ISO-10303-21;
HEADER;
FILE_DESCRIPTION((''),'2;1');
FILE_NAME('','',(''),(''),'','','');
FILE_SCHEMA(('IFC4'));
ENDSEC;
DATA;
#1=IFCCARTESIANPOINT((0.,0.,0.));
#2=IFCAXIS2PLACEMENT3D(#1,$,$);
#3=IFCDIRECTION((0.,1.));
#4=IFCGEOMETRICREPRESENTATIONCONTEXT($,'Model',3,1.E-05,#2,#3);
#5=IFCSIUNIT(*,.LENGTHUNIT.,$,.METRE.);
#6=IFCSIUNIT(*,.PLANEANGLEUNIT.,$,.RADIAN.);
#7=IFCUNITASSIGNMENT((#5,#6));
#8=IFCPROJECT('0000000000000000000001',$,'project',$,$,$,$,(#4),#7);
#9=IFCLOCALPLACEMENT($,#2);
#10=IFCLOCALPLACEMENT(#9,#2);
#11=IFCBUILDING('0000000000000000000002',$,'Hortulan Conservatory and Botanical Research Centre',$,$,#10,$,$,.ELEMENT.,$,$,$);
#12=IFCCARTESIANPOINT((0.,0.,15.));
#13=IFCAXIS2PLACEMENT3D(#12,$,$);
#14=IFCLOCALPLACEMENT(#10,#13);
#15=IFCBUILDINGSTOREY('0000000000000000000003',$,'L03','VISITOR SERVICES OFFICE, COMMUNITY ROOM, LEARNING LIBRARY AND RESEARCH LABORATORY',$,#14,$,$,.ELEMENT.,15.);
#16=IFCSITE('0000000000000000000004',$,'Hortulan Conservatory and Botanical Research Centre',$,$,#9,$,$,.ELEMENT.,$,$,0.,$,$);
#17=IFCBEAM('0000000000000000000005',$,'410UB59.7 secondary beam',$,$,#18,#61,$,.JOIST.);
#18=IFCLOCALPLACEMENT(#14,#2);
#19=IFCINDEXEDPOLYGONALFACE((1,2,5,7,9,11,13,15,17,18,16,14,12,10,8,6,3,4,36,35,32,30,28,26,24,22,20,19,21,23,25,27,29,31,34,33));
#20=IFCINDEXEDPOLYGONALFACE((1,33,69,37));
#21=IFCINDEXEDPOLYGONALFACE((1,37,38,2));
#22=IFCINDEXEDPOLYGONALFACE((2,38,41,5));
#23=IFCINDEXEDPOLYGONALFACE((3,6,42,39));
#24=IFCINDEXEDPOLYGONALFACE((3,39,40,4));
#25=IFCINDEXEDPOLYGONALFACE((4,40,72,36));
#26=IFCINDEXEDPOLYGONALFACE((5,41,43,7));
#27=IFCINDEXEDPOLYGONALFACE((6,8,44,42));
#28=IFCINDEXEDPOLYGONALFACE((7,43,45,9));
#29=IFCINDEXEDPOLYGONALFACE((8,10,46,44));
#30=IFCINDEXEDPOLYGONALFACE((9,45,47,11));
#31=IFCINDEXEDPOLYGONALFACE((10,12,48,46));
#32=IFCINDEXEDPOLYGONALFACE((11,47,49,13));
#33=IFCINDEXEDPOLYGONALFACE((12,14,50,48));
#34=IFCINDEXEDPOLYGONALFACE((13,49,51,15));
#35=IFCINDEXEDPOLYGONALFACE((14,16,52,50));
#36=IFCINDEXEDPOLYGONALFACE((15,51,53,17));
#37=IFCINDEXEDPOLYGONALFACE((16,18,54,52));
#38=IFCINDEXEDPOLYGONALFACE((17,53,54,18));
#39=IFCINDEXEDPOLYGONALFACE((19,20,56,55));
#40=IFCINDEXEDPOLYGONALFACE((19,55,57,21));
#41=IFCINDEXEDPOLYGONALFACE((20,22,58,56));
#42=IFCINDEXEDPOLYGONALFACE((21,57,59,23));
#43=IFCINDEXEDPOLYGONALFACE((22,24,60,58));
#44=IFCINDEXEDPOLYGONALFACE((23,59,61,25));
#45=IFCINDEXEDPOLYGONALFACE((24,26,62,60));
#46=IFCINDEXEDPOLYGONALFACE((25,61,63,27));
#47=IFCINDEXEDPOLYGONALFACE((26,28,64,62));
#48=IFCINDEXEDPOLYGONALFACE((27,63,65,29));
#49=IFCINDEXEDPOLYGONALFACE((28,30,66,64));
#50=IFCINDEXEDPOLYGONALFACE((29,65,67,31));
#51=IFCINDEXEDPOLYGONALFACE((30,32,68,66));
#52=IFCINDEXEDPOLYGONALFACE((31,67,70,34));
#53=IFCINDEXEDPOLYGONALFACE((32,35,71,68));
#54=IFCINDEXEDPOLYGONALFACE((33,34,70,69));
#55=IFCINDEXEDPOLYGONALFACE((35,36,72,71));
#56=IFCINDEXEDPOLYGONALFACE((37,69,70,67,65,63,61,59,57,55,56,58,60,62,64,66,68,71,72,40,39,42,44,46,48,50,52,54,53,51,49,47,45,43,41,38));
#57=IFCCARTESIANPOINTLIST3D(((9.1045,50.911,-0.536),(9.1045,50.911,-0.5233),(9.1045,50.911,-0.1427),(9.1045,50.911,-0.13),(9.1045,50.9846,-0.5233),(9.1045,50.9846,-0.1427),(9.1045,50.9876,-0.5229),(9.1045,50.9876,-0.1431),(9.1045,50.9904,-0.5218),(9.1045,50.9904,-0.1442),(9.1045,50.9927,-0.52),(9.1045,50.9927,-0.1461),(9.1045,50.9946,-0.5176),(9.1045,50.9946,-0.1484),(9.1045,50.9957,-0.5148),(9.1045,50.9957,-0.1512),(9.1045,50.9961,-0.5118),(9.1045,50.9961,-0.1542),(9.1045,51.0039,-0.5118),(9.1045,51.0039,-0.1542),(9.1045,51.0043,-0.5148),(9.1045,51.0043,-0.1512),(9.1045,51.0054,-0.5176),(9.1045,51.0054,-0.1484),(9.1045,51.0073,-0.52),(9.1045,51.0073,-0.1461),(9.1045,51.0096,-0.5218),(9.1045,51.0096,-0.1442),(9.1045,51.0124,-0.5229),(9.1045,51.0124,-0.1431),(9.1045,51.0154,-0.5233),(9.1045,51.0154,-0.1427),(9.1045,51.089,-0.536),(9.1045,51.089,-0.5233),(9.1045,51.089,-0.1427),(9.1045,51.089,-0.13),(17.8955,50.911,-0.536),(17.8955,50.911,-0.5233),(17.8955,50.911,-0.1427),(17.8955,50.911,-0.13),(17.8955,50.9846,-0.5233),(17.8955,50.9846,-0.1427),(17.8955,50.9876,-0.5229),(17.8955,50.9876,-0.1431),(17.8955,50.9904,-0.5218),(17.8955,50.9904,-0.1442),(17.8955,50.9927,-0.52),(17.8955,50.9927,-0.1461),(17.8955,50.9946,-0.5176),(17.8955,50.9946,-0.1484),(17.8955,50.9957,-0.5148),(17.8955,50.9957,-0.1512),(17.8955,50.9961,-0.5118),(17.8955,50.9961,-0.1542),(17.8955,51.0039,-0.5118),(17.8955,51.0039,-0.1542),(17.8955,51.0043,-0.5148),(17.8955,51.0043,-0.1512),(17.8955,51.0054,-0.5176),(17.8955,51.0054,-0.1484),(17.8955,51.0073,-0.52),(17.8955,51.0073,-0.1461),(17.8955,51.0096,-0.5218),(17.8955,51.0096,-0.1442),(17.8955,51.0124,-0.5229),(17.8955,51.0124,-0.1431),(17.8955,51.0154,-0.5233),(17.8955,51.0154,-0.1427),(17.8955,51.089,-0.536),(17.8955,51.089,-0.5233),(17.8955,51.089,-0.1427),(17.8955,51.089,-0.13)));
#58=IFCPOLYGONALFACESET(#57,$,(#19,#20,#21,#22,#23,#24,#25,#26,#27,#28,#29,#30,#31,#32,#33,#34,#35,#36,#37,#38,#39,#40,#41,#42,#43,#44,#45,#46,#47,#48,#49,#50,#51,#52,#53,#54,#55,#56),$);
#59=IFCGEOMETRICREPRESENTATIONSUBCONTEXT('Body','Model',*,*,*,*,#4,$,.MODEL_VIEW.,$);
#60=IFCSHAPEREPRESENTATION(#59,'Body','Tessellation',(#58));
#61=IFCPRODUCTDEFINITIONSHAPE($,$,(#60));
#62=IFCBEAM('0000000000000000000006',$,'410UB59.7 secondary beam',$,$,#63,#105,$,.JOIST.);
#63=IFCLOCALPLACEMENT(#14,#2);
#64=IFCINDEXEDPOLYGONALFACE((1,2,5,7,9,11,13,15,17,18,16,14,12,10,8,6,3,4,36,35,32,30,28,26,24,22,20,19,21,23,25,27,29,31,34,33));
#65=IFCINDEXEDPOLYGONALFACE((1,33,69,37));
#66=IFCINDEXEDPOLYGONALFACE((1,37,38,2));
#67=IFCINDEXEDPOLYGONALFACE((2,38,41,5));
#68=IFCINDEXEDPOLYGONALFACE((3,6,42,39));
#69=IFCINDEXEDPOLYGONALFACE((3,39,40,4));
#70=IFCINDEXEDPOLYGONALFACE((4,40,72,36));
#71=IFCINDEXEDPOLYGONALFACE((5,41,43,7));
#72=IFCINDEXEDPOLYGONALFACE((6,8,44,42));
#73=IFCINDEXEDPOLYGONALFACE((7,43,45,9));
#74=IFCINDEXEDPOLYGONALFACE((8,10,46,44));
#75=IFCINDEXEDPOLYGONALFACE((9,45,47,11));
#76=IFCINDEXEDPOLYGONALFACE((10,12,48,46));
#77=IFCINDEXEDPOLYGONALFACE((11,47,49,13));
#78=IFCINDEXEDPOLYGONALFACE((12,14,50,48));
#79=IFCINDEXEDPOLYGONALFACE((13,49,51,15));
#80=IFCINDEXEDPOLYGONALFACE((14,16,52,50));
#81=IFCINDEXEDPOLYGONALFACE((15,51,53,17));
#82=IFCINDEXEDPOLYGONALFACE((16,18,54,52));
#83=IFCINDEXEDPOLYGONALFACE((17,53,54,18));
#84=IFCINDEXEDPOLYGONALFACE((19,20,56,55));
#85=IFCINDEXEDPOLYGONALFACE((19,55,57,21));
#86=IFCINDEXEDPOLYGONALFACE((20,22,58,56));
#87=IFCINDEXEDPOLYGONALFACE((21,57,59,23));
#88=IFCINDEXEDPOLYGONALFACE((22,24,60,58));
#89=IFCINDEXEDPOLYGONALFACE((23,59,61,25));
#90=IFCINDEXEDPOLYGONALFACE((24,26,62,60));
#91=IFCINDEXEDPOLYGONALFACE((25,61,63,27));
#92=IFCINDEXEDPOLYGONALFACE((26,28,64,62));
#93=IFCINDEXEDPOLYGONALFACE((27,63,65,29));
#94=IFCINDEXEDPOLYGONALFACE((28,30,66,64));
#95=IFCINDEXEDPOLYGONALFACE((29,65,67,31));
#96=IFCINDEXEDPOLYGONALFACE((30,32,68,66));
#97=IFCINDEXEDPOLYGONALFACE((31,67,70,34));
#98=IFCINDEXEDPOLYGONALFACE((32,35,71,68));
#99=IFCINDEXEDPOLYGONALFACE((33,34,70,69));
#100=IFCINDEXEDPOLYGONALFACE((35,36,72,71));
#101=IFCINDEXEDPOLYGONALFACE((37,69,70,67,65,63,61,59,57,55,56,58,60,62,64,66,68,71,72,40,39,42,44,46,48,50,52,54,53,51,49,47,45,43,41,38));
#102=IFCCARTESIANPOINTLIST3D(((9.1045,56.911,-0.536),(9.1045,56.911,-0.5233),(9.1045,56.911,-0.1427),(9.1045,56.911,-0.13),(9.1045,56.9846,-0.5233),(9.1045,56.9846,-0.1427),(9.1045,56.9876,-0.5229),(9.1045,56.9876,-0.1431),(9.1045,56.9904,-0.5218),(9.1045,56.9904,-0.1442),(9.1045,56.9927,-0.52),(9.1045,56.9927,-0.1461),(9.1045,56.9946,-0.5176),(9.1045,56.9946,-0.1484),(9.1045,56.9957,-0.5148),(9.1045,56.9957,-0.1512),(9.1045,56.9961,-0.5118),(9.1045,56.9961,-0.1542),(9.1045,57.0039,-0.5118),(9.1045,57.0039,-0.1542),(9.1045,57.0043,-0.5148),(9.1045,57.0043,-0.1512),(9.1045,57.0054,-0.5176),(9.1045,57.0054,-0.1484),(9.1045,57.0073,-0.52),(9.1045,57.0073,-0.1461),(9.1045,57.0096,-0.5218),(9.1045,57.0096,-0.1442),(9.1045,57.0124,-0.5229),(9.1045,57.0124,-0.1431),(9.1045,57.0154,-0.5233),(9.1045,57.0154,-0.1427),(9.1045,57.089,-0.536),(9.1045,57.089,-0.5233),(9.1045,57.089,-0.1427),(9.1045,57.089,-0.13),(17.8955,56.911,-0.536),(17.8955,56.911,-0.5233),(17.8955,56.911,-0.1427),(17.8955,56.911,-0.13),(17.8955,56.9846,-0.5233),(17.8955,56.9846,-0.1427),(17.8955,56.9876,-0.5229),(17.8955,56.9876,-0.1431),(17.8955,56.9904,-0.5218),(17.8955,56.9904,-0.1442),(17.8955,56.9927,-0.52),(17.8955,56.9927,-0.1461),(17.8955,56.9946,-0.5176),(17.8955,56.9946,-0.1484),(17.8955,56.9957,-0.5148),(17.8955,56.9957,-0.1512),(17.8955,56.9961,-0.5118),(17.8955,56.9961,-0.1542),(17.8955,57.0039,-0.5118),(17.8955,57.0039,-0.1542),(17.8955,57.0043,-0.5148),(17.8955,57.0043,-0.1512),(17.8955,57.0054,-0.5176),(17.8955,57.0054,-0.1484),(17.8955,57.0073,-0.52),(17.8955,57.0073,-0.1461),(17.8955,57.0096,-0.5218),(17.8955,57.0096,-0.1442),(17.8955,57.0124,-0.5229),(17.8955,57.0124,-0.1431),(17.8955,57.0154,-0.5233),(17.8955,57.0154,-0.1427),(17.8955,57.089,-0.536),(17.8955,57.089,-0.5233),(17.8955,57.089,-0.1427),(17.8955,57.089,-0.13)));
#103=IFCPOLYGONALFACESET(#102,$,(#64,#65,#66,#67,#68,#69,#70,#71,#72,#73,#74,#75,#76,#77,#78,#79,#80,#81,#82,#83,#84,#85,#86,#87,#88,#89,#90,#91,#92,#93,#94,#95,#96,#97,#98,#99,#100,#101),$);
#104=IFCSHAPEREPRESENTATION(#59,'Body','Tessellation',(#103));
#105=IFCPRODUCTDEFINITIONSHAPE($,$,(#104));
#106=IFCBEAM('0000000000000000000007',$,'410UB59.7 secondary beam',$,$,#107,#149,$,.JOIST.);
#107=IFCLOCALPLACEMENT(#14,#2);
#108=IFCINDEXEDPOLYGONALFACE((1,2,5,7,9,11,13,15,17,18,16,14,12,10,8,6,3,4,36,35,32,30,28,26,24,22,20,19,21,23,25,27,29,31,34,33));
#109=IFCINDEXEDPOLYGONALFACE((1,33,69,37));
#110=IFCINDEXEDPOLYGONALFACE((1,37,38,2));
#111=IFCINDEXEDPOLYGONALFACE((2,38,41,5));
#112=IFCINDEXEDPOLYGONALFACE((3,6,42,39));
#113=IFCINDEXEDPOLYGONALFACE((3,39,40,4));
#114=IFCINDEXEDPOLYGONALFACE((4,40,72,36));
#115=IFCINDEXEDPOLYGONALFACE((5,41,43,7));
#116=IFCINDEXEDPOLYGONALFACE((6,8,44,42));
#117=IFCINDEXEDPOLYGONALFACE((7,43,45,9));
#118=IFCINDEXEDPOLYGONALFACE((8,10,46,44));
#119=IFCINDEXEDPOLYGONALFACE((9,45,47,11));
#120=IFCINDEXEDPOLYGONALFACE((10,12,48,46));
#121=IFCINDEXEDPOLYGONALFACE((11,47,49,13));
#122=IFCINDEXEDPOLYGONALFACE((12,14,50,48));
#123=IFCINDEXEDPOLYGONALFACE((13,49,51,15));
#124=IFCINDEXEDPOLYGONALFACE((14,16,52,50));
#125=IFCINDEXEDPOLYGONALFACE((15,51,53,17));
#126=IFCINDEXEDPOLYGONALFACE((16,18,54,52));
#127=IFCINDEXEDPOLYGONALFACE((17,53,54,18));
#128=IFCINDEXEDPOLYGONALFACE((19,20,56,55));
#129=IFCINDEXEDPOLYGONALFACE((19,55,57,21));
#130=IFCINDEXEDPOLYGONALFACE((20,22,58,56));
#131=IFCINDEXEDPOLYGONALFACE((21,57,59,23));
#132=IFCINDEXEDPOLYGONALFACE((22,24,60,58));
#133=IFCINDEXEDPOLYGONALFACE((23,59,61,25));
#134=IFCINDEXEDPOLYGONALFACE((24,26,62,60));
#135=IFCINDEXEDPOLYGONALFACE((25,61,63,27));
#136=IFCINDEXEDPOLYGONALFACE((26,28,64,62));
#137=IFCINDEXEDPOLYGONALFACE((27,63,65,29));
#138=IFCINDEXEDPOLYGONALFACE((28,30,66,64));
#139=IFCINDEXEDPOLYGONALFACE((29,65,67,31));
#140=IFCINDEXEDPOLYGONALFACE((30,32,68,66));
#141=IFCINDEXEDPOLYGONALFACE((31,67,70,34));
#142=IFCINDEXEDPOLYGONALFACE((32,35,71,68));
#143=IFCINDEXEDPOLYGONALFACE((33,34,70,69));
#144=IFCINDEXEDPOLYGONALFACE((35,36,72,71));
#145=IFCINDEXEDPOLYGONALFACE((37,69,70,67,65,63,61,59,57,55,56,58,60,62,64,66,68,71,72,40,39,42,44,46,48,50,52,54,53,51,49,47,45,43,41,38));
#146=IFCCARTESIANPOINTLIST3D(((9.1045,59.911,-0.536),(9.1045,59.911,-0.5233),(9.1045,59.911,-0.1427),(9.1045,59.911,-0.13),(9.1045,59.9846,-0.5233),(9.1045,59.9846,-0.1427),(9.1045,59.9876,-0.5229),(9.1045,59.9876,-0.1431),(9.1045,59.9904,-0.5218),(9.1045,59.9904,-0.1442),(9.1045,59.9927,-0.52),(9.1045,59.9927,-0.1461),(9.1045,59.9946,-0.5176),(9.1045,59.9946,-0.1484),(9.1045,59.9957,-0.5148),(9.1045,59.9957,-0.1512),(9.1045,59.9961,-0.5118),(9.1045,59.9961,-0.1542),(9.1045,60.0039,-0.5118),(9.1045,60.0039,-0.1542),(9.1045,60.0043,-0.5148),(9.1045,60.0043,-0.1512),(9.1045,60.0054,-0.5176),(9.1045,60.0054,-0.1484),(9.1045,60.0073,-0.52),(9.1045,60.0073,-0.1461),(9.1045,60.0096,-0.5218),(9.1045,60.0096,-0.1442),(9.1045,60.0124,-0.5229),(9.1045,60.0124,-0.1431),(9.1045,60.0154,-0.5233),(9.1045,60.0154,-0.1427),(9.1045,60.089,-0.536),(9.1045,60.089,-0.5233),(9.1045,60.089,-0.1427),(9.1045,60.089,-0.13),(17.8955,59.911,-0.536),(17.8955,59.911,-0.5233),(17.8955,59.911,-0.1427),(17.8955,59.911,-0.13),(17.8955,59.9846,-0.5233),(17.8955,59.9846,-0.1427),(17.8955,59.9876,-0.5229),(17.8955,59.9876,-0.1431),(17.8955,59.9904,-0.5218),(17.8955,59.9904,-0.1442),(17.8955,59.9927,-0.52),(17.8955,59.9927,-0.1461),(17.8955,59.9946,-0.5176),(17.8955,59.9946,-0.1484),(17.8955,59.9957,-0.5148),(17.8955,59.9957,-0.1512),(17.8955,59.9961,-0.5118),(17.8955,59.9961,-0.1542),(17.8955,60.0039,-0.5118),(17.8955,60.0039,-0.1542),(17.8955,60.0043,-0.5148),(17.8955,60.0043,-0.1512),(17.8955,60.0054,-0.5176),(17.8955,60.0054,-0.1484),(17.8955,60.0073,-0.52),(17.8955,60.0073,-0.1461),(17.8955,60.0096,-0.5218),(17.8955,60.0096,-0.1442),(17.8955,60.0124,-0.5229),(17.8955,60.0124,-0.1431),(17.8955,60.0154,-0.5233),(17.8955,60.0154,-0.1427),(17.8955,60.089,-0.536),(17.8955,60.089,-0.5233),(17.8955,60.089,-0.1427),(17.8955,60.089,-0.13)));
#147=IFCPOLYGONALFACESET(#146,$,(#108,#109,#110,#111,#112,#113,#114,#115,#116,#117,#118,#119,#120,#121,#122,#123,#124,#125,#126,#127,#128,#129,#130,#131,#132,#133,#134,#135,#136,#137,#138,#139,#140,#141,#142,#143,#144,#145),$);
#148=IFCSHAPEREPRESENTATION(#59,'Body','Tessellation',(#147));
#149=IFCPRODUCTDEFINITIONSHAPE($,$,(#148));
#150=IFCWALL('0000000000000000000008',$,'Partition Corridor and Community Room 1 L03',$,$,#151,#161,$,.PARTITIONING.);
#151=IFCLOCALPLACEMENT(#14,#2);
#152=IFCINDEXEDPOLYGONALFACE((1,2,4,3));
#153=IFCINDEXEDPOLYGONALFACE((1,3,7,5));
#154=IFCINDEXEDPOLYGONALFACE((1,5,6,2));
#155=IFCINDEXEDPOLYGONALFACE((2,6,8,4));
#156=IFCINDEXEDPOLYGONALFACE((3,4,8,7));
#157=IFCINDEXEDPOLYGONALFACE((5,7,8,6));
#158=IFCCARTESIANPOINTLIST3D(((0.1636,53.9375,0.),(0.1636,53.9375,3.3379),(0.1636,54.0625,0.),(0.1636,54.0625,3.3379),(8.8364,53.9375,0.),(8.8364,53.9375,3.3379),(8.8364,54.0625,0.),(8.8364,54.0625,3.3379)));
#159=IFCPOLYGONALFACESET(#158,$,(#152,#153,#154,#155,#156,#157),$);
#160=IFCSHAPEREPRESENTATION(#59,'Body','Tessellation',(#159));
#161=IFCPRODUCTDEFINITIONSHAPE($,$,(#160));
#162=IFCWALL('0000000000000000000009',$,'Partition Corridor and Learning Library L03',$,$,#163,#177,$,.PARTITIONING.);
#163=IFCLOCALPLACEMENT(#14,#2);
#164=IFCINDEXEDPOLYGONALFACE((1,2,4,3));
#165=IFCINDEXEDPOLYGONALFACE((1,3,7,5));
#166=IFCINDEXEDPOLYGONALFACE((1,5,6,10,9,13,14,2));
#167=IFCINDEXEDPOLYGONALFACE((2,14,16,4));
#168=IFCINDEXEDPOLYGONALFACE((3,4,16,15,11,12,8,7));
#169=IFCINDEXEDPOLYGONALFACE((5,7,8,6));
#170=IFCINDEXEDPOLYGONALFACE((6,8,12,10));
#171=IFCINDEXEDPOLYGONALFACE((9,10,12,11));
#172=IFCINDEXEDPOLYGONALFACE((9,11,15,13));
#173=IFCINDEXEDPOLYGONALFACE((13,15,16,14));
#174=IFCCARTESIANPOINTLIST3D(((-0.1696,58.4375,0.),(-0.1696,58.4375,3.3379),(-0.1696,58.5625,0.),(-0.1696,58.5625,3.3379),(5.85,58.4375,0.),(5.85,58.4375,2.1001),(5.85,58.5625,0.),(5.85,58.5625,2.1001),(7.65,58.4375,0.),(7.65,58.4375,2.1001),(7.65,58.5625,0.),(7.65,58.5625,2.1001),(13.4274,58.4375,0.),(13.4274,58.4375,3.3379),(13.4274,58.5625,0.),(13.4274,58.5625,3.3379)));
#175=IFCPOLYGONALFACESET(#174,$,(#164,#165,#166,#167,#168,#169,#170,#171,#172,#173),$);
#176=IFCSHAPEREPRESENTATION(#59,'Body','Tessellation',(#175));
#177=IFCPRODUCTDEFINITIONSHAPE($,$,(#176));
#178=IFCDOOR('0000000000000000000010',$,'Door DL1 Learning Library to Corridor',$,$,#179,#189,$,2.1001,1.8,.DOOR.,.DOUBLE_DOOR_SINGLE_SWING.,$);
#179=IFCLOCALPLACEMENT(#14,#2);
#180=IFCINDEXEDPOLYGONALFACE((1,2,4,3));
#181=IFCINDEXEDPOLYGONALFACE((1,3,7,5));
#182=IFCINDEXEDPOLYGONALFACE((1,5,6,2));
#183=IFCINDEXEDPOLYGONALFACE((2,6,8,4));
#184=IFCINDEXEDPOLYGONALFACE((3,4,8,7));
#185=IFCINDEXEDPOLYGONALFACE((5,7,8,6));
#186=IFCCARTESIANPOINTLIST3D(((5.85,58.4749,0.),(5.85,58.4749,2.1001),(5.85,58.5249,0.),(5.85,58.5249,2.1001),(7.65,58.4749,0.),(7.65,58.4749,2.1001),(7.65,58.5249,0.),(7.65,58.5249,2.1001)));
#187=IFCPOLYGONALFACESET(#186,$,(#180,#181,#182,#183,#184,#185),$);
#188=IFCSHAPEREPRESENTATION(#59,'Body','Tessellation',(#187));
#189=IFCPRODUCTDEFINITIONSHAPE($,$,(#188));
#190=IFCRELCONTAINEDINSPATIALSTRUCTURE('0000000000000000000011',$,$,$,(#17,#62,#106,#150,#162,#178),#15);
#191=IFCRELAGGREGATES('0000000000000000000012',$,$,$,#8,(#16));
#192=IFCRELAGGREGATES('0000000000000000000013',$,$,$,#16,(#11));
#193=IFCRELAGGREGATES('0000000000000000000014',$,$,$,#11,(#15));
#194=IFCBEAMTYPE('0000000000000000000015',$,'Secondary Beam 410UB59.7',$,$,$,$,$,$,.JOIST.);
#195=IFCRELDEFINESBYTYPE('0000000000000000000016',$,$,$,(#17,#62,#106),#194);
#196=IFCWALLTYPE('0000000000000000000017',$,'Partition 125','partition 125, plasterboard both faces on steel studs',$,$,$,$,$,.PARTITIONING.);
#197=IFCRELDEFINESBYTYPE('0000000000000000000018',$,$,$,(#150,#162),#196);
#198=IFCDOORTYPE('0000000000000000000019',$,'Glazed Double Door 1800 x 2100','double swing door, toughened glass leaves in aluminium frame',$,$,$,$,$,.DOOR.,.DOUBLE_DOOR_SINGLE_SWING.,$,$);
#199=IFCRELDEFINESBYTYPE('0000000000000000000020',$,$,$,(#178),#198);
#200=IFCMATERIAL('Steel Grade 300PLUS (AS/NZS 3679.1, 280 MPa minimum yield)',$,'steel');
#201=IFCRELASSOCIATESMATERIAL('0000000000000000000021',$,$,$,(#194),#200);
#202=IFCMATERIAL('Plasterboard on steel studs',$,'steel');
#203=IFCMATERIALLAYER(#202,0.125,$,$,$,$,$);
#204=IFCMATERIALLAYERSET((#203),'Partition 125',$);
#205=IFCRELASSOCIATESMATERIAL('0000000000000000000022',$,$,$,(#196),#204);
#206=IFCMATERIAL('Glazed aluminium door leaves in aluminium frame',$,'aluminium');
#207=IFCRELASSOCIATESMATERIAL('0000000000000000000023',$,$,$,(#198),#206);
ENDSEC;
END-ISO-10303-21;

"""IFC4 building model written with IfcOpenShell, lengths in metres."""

from ifc_helpers import new_model, si_unit, direction, frame, frame_2d, origin, origin_2d, place, context, subcontext, project, spatial, rectangle, i_section, extrude, material, layer, layer_set, material_profile, profile_set, type_object, element, fill, save


model = new_model("IFC4")

# Units and contexts
model_context = context("Model", 3, precision=1e-05, world=origin(), true_north=direction((0.0, 1.0)))
body_context = subcontext(model_context, "Body", "Model", "MODEL_VIEW")
ifc_project = project(units=[si_unit("LENGTHUNIT", "METRE"), si_unit("PLANEANGLEUNIT", "RADIAN")], contexts=[model_context])

# Site, building, storey
site_placement = place(None, origin())
site = spatial("IfcSite", under=ifc_project, at=site_placement, Name="Hortulan Conservatory and Botanical Research Centre", CompositionType="ELEMENT", RefElevation=0.0)
building_placement = place(site_placement, origin())
building = spatial("IfcBuilding", under=site, at=building_placement, Name="Hortulan Conservatory and Botanical Research Centre", CompositionType="ELEMENT")
storey_placement = place(building_placement, frame((0.0, 0.0, 15.0)))
storey = spatial("IfcBuildingStorey", under=building, at=storey_placement, Name="L03", Description="VISITOR SERVICES OFFICE, COMMUNITY ROOM, LEARNING LIBRARY AND RESEARCH LABORATORY", CompositionType="ELEMENT", Elevation=15.0)

# Shared definitions
ifc_material_1 = material(Name="Steel Grade 300PLUS (AS/NZS 3679.1, 280 MPa minimum yield)", Category="steel")

# Beams
ifc_material_profile_1 = material_profile(ifc_material_1, i_section(OverallWidth=0.178, OverallDepth=0.406, WebThickness=0.0078, FlangeThickness=0.0127, FilletRadius=0.0115, at=origin_2d()), Name="410UB59.7")
ifc_profile_set_1 = profile_set([ifc_material_profile_1], Name="Steel Grade 300PLUS (AS/NZS 3679.1, 280 MPa minimum yield)")
beam_type_1 = type_object("IfcBeamType", Name="Secondary Beam 410UB59.7", PredefinedType="JOIST", material=ifc_profile_set_1)
for number, where, z_axis, x_axis, name in (
    (1, (9.1045, 51.0, -0.333), (1.0, 0.0, 0.0), (0.0, 1.0, 0.0), "410UB59.7 secondary beam"),
    (2, (9.1045, 57.0, -0.333), (1.0, 0.0, 0.0), (0.0, 1.0, 0.0), "410UB59.7 secondary beam"),
    (3, (9.1045, 60.0, -0.333), (1.0, 0.0, 0.0), (0.0, 1.0, 0.0), "410UB59.7 secondary beam"),
):
    element("IfcBeam", number, at=place(storey_placement, frame(where, z_axis=z_axis, x_axis=x_axis)), inside=storey, type_object=beam_type_1, Name=name, PredefinedType="JOIST", context=body_context, shape_type="SweptSolid", body=[
        extrude(i_section(OverallWidth=0.178, OverallDepth=0.406, WebThickness=0.0078, FlangeThickness=0.0127, FilletRadius=0.0115, at=origin_2d()), origin(), (0.0, 0.0, 1.0), 8.791),
    ])

# Wall
ifc_material_2 = material(Name="Plasterboard on steel studs", Category="steel")
ifc_layer_1 = layer(ifc_material_2, 0.125)
ifc_layer_set_1 = layer_set([ifc_layer_1], Name="Partition 125")
wall_type = type_object("IfcWallType", Name="Partition 125", Description="partition 125, plasterboard both faces on steel studs", PredefinedType="PARTITIONING", material=ifc_layer_set_1)
wall_1_placement = place(storey_placement, frame((0.1636, 54.0, 0.0), z_axis=(0.0, 0.0, 1.0), x_axis=(1.0, 0.0, 0.0)))
element("IfcWall", 4, at=wall_1_placement, inside=storey, type_object=wall_type, Name="Partition Corridor and Community Room 1 L03", PredefinedType="PARTITIONING", context=body_context, shape_type="SweptSolid", body=[
    extrude(rectangle(XDim=8.6729, YDim=0.125, at=frame_2d((4.3364, 0.0))), origin(), (0.0, 0.0, 1.0), 3.3379),
])

# Wall, opening, door
wall_2_placement = place(storey_placement, frame((-0.1694, 58.5, 0.0), z_axis=(0.0, 0.0, 1.0), x_axis=(1.0, 0.0, 0.0)))
wall_2 = element("IfcWall", 5, at=wall_2_placement, inside=storey, type_object=wall_type, Name="Partition Corridor and Learning Library L03", PredefinedType="PARTITIONING", context=body_context, shape_type="SweptSolid", body=[
    extrude(rectangle(XDim=13.5969, YDim=0.125, at=frame_2d((6.7983, 0.0))), origin(), (0.0, 0.0, 1.0), 3.3379),
])
opening_placement = place(wall_2_placement, frame((6.0195, 0.0, 0.0)))
opening = element("IfcOpeningElement", 6, at=opening_placement, cuts=wall_2, PredefinedType="OPENING", context=body_context, shape_type="SweptSolid", body=[
    extrude(rectangle(XDim=1.8, YDim=2.1001, at=frame_2d((0.8999, 1.05))), frame((0.0, 0.0725, 0.0), z_axis=(0.0, -1.0, 0.0), x_axis=(1.0, 0.0, 0.0)), (0.0, 0.0, 1.0), 0.145),
])
ifc_material_3 = material(Name="Glazed aluminium door leaves in aluminium frame", Category="aluminium")
door_type = type_object("IfcDoorType", Name="Glazed Double Door 1800 x 2100", Description="double swing door, toughened glass leaves in aluminium frame", OperationType="DOUBLE_DOOR_SINGLE_SWING", PredefinedType="DOOR", material=ifc_material_3)
door_placement = place(opening_placement, origin())
door = element("IfcDoor", 7, at=door_placement, inside=storey, type_object=door_type, Name="Door DL1 Learning Library to Corridor", OperationType="DOUBLE_DOOR_SINGLE_SWING", OverallHeight=2.1001, OverallWidth=1.8, PredefinedType="DOOR", context=body_context, shape_type="SweptSolid", body=[
    extrude(rectangle(XDim=1.8, YDim=2.1001, at=frame_2d((0.8999, 1.05))), frame((0.0, 0.0249, 0.0), z_axis=(0.0, -1.0, 0.0), x_axis=(1.0, 0.0, 0.0)), (0.0, 0.0, 1.0), 0.05),
])
fill(opening, door)

save(model, "model.ifc")
